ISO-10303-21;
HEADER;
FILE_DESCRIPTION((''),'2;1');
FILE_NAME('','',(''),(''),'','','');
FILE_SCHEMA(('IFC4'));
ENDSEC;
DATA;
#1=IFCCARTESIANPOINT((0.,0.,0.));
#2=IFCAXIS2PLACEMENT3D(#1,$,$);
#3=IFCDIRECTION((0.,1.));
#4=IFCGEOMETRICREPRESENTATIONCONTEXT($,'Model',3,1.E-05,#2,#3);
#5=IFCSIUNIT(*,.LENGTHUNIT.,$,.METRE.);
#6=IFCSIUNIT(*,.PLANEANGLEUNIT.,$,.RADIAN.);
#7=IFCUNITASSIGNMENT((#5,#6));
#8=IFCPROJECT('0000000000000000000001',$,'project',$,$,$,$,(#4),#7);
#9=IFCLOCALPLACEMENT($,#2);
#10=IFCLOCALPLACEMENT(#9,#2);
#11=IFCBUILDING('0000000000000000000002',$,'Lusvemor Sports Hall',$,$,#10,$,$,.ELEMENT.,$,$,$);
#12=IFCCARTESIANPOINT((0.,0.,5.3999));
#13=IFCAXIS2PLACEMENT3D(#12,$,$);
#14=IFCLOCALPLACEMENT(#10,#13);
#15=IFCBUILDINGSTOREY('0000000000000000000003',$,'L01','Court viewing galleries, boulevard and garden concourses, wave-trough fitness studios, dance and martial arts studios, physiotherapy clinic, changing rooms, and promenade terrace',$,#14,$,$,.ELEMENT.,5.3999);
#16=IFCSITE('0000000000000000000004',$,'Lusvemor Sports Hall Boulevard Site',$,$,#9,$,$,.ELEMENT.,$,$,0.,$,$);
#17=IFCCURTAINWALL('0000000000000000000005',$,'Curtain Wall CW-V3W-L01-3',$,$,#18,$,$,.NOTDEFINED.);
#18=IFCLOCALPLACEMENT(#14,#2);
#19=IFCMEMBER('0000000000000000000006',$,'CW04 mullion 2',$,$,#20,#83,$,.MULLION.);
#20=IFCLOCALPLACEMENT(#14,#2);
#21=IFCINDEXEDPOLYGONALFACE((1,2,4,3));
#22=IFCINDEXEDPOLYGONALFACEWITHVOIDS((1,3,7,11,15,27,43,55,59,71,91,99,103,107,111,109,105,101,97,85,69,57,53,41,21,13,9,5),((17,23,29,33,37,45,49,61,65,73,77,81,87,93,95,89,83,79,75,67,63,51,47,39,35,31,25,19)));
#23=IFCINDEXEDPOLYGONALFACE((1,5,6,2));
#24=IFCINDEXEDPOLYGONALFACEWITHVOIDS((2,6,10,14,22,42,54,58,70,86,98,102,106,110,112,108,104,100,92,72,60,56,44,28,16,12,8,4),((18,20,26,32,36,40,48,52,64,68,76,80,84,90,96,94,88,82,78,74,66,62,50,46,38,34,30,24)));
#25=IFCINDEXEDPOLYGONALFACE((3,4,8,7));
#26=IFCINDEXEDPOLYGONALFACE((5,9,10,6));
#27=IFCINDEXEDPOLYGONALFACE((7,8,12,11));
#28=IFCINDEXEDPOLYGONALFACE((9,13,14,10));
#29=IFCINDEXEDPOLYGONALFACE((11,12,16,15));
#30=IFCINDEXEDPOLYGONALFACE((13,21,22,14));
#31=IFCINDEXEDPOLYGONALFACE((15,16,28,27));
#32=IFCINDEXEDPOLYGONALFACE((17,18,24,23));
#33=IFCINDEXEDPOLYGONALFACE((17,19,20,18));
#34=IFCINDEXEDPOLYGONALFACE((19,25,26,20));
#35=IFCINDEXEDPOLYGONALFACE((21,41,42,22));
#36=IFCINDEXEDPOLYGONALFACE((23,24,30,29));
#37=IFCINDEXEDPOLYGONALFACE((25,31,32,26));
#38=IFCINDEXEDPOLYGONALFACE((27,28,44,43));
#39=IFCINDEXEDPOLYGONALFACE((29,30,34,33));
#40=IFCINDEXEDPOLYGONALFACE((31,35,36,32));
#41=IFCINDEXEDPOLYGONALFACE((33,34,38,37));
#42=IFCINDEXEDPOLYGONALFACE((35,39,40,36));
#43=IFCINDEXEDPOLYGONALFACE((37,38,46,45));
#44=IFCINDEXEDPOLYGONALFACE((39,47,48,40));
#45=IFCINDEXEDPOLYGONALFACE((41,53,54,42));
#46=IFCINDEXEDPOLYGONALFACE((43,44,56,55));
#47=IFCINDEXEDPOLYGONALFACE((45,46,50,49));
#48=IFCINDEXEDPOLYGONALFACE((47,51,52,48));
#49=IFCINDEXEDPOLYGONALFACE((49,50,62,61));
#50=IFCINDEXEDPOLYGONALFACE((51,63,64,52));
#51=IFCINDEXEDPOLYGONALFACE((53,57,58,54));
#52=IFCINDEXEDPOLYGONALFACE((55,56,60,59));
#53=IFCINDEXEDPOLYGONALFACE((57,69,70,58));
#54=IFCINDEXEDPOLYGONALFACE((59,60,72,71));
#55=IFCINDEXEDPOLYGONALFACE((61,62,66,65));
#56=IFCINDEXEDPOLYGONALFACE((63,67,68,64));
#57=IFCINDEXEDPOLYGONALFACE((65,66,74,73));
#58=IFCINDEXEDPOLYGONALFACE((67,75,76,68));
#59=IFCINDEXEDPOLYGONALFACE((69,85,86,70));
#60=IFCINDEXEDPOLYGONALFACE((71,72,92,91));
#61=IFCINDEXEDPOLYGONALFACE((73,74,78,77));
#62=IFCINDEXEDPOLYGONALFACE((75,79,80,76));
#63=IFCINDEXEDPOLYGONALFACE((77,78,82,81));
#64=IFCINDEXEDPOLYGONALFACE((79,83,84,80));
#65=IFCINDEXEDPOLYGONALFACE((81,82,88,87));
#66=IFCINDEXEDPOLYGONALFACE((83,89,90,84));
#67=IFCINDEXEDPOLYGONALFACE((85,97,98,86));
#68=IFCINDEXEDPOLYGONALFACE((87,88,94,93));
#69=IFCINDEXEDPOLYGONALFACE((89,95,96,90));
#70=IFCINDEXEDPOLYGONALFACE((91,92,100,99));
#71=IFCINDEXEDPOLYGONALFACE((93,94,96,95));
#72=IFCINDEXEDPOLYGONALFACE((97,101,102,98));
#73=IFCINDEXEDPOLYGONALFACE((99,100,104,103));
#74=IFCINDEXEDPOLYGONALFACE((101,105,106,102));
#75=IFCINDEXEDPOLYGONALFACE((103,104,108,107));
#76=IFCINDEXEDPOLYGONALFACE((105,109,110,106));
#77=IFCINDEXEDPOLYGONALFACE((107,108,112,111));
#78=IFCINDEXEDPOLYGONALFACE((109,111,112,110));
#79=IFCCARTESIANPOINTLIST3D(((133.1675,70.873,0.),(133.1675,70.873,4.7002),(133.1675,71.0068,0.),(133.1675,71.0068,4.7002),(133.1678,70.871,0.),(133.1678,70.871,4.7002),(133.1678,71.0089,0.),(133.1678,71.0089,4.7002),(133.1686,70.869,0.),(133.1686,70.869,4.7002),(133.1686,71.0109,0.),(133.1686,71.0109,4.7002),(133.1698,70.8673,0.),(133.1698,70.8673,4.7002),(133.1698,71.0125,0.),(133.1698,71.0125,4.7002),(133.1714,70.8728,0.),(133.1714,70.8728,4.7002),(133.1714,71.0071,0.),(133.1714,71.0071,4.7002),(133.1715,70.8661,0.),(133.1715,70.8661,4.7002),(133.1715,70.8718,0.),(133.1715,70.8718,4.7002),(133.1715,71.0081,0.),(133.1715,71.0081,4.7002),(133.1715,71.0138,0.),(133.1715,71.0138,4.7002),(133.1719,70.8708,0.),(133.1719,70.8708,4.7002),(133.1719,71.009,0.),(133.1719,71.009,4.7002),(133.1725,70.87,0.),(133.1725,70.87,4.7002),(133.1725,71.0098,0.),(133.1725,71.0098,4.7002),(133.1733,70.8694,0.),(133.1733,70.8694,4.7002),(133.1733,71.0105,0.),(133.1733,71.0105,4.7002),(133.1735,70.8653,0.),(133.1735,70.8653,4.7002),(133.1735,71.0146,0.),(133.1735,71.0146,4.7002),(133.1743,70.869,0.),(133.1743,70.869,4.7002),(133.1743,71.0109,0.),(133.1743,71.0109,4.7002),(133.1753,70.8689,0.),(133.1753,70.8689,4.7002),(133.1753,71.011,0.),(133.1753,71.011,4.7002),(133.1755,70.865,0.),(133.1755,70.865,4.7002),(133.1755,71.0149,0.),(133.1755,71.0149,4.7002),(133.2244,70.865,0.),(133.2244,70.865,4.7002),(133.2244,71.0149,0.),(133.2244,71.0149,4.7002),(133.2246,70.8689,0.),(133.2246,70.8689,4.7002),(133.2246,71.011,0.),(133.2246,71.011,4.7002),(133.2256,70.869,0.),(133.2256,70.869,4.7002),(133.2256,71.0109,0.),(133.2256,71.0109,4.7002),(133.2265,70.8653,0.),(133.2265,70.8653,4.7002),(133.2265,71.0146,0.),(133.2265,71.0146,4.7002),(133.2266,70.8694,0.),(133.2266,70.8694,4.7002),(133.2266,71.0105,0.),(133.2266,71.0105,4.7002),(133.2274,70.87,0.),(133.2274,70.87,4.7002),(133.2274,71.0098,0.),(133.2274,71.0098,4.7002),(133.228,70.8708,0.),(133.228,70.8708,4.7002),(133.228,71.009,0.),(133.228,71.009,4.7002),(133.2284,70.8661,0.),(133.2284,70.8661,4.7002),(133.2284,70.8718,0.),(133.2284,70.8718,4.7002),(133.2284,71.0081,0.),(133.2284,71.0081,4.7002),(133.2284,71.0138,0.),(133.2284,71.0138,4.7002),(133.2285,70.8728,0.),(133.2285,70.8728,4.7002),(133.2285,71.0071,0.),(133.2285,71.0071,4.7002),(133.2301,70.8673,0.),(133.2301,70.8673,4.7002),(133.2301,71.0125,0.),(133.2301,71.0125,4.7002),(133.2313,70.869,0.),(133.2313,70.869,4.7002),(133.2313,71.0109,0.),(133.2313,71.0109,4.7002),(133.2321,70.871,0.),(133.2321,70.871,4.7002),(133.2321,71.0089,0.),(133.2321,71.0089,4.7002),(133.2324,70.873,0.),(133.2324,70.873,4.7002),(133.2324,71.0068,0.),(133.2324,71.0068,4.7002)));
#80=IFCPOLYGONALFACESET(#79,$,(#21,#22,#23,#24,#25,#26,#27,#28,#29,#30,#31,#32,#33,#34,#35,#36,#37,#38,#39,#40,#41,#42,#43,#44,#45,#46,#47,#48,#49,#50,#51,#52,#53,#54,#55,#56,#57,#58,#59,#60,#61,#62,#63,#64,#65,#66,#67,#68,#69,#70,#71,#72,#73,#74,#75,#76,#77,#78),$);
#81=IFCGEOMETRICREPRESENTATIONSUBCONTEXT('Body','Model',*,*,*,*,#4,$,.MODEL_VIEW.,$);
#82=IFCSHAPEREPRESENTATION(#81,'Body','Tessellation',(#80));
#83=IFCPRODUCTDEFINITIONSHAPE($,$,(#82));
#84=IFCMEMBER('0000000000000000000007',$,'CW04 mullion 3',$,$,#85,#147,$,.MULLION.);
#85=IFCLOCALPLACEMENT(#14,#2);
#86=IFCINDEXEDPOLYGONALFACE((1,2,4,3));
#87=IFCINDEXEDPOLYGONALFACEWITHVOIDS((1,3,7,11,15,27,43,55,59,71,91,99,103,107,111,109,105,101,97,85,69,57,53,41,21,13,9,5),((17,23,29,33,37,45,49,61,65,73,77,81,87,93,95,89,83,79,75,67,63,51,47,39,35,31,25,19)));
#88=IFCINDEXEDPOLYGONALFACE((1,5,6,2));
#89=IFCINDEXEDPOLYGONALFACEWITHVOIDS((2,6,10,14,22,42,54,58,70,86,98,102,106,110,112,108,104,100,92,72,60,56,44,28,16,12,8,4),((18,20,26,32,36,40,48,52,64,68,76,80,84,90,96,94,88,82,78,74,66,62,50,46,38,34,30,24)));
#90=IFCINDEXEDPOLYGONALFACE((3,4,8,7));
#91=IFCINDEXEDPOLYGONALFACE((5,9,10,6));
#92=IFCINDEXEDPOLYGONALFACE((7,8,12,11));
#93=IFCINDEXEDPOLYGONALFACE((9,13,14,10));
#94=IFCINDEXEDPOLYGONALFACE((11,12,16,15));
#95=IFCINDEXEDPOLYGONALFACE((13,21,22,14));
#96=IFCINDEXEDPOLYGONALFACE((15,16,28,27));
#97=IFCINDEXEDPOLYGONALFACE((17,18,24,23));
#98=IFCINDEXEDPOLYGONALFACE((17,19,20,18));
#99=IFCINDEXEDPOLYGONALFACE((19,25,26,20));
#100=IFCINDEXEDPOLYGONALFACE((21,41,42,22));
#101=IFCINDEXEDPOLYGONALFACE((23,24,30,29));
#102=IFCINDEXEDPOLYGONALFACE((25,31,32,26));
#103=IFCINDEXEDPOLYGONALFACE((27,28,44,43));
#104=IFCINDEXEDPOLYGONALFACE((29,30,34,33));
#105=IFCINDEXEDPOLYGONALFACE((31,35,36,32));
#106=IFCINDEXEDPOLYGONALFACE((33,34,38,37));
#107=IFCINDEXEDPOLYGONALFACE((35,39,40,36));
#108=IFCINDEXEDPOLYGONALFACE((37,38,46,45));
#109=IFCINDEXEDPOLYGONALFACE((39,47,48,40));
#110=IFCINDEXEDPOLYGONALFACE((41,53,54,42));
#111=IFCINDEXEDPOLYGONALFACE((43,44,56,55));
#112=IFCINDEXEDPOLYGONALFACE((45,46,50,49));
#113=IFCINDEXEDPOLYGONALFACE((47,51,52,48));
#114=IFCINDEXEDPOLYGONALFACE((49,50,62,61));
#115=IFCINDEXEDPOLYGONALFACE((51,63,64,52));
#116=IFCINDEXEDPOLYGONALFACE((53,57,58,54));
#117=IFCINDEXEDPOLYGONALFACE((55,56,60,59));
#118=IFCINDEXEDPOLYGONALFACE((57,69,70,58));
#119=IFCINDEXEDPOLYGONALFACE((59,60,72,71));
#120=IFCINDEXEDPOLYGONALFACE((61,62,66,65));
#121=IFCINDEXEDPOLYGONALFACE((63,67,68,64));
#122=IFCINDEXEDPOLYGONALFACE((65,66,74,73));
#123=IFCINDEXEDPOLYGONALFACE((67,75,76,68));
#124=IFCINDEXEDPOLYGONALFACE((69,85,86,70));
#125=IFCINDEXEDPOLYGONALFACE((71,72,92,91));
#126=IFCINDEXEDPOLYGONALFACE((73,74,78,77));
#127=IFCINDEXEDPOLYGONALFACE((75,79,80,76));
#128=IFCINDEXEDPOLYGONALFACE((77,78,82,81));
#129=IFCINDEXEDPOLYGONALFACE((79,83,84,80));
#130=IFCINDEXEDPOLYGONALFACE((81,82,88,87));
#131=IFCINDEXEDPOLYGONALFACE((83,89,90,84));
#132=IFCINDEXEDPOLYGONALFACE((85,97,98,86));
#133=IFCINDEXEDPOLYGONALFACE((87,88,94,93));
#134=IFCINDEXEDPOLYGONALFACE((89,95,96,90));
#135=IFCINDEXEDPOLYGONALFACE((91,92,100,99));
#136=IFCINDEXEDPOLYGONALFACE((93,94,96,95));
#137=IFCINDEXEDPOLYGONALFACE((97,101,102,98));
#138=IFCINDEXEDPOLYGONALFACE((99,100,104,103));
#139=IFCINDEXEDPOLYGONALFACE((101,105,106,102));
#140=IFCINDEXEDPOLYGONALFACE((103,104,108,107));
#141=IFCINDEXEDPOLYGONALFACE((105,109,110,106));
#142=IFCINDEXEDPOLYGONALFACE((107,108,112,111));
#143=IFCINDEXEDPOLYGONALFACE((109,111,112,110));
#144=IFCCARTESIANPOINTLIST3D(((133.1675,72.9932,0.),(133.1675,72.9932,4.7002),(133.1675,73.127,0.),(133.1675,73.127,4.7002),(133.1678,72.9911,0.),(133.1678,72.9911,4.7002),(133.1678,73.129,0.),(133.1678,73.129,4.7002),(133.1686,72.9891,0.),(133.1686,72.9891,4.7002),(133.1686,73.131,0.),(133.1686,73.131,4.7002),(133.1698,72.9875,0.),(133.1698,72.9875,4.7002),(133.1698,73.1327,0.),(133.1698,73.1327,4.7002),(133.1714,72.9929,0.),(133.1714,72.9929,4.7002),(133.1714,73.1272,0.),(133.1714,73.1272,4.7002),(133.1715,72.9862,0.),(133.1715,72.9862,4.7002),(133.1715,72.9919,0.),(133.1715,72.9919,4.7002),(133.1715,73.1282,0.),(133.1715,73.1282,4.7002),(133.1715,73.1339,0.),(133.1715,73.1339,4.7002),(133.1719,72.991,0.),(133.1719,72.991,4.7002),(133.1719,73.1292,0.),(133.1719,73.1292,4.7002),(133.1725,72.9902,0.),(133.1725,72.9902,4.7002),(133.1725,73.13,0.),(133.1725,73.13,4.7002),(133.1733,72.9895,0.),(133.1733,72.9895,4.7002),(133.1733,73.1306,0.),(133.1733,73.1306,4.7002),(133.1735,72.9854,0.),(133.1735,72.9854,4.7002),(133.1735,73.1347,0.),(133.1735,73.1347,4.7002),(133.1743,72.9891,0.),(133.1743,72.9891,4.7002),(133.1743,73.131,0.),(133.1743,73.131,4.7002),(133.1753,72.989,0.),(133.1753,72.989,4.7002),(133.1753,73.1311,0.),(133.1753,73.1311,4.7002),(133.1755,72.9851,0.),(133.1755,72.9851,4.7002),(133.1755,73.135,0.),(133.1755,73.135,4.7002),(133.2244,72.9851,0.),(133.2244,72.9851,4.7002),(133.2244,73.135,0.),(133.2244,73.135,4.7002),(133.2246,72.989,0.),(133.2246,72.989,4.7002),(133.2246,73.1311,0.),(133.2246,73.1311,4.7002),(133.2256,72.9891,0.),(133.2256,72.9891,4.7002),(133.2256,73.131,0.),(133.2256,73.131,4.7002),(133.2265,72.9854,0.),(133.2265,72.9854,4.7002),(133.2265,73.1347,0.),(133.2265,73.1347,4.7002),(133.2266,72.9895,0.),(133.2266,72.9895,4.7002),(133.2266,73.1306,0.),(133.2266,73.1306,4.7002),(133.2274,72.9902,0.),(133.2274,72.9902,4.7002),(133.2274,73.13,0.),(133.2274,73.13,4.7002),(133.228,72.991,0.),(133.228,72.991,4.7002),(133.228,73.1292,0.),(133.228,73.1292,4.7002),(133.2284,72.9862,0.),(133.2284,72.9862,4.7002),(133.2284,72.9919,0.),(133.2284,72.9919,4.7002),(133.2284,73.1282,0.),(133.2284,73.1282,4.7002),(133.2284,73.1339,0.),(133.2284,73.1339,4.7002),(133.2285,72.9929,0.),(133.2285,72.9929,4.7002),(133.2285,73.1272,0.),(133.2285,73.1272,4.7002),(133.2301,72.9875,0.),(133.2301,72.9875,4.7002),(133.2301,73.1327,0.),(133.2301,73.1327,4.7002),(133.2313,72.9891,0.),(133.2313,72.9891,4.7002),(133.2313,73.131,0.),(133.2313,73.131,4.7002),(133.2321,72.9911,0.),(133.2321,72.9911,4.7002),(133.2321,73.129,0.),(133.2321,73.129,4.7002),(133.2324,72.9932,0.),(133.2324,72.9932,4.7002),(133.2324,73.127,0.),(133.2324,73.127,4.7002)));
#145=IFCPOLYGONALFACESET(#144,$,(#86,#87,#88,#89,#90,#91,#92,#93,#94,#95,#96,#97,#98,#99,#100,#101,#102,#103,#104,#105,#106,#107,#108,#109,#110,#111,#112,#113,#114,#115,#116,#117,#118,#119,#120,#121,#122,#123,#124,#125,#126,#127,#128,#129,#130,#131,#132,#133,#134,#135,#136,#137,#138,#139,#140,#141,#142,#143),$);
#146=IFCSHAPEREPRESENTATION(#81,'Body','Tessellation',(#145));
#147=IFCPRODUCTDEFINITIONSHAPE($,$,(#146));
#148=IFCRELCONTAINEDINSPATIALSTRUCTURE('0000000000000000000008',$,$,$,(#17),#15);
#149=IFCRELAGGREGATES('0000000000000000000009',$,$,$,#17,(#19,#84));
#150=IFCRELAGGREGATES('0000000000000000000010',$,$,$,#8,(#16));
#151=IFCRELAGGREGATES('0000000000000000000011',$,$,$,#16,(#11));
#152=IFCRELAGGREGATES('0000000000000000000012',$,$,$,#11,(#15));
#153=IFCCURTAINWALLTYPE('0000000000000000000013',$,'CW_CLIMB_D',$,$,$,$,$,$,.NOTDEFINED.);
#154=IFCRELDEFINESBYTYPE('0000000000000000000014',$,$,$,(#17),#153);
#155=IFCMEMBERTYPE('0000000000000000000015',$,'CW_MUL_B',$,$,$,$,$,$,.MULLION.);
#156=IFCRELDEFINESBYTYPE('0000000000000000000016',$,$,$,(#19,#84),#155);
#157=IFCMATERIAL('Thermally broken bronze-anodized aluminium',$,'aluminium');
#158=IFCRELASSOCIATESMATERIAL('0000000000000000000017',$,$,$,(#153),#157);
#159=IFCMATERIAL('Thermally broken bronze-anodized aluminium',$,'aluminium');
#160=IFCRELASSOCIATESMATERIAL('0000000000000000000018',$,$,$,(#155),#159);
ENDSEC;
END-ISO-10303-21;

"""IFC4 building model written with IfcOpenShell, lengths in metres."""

from ifc_helpers import new_model, si_unit, direction, frame, origin, origin_2d, place, context, subcontext, project, spatial, hollow_rectangle, extrude, material, material_profile, profile_set, type_object, element, aggregate, save


model = new_model("IFC4")

# Units and contexts
model_context = context("Model", 3, precision=1e-05, world=origin(), true_north=direction((0.0, 1.0)))
body_context = subcontext(model_context, "Body", "Model", "MODEL_VIEW")
ifc_project = project(units=[si_unit("LENGTHUNIT", "METRE"), si_unit("PLANEANGLEUNIT", "RADIAN")], contexts=[model_context])

# Site, building, storey
site_placement = place(None, origin())
site = spatial("IfcSite", under=ifc_project, at=site_placement, Name="Lusvemor Sports Hall Boulevard Site", CompositionType="ELEMENT", RefElevation=0.0)
building_placement = place(site_placement, origin())
building = spatial("IfcBuilding", under=site, at=building_placement, Name="Lusvemor Sports Hall", CompositionType="ELEMENT")
storey_placement = place(building_placement, frame((0.0, 0.0, 5.3999)))
storey = spatial("IfcBuildingStorey", under=building, at=storey_placement, Name="L01", Description="Court viewing galleries, boulevard and garden concourses, wave-trough fitness studios, dance and martial arts studios, physiotherapy clinic, changing rooms, and promenade terrace", CompositionType="ELEMENT", Elevation=5.3999)

# Shared definitions
ifc_material_1 = material(Name="Thermally broken bronze-anodized aluminium", Category="aluminium")
curtain_wall_type = type_object("IfcCurtainWallType", Name="CW_CLIMB_D", PredefinedType="NOTDEFINED", material=ifc_material_1)
ifc_material_2 = material(Name="Thermally broken bronze-anodized aluminium", Category="aluminium")
ifc_material_profile_1 = material_profile(ifc_material_2, hollow_rectangle(XDim=0.0649, YDim=0.1499, WallThickness=0.0039, InnerFilletRadius=0.0039, OuterFilletRadius=0.0081, at=origin_2d()), Name="CWMUL150x65x4")
ifc_profile_set_1 = profile_set([ifc_material_profile_1], Name="Thermally broken bronze-anodized aluminium")
member_type_1 = type_object("IfcMemberType", Name="CW_MUL_B", PredefinedType="MULLION", material=ifc_profile_set_1)

# Curtain wall, members
curtain_wall_1_placement = place(storey_placement, origin())
curtain_wall_1 = element("IfcCurtainWall", 1, at=curtain_wall_1_placement, inside=storey, type_object=curtain_wall_type, Name="Curtain Wall CW-V3W-L01-3", PredefinedType="NOTDEFINED")
member_1_placement = place(storey_placement, frame((133.2, 70.9399, 0.0), z_axis=(0.0, 0.0, 1.0), x_axis=(-1.0, 0.0, 0.0)))
member_1 = element("IfcMember", 2, at=member_1_placement, type_object=member_type_1, Name="CW04 mullion 2", PredefinedType="MULLION", context=body_context, shape_type="SweptSolid", body=[
    extrude(hollow_rectangle(XDim=0.0649, YDim=0.1499, WallThickness=0.0039, InnerFilletRadius=0.0039, OuterFilletRadius=0.0081, at=origin_2d()), origin(), (0.0, 0.0, 1.0), 4.7002),
])
member_2_placement = place(storey_placement, frame((133.2, 73.0601, 0.0), z_axis=(0.0, 0.0, 1.0), x_axis=(-1.0, 0.0, 0.0)))
member_2 = element("IfcMember", 3, at=member_2_placement, type_object=member_type_1, Name="CW04 mullion 3", PredefinedType="MULLION", context=body_context, shape_type="SweptSolid", body=[
    extrude(hollow_rectangle(XDim=0.0649, YDim=0.1499, WallThickness=0.0039, InnerFilletRadius=0.0039, OuterFilletRadius=0.0081, at=origin_2d()), origin(), (0.0, 0.0, 1.0), 4.7002),
])

aggregate(curtain_wall_1, [member_1, member_2])

save(model, "model.ifc")
